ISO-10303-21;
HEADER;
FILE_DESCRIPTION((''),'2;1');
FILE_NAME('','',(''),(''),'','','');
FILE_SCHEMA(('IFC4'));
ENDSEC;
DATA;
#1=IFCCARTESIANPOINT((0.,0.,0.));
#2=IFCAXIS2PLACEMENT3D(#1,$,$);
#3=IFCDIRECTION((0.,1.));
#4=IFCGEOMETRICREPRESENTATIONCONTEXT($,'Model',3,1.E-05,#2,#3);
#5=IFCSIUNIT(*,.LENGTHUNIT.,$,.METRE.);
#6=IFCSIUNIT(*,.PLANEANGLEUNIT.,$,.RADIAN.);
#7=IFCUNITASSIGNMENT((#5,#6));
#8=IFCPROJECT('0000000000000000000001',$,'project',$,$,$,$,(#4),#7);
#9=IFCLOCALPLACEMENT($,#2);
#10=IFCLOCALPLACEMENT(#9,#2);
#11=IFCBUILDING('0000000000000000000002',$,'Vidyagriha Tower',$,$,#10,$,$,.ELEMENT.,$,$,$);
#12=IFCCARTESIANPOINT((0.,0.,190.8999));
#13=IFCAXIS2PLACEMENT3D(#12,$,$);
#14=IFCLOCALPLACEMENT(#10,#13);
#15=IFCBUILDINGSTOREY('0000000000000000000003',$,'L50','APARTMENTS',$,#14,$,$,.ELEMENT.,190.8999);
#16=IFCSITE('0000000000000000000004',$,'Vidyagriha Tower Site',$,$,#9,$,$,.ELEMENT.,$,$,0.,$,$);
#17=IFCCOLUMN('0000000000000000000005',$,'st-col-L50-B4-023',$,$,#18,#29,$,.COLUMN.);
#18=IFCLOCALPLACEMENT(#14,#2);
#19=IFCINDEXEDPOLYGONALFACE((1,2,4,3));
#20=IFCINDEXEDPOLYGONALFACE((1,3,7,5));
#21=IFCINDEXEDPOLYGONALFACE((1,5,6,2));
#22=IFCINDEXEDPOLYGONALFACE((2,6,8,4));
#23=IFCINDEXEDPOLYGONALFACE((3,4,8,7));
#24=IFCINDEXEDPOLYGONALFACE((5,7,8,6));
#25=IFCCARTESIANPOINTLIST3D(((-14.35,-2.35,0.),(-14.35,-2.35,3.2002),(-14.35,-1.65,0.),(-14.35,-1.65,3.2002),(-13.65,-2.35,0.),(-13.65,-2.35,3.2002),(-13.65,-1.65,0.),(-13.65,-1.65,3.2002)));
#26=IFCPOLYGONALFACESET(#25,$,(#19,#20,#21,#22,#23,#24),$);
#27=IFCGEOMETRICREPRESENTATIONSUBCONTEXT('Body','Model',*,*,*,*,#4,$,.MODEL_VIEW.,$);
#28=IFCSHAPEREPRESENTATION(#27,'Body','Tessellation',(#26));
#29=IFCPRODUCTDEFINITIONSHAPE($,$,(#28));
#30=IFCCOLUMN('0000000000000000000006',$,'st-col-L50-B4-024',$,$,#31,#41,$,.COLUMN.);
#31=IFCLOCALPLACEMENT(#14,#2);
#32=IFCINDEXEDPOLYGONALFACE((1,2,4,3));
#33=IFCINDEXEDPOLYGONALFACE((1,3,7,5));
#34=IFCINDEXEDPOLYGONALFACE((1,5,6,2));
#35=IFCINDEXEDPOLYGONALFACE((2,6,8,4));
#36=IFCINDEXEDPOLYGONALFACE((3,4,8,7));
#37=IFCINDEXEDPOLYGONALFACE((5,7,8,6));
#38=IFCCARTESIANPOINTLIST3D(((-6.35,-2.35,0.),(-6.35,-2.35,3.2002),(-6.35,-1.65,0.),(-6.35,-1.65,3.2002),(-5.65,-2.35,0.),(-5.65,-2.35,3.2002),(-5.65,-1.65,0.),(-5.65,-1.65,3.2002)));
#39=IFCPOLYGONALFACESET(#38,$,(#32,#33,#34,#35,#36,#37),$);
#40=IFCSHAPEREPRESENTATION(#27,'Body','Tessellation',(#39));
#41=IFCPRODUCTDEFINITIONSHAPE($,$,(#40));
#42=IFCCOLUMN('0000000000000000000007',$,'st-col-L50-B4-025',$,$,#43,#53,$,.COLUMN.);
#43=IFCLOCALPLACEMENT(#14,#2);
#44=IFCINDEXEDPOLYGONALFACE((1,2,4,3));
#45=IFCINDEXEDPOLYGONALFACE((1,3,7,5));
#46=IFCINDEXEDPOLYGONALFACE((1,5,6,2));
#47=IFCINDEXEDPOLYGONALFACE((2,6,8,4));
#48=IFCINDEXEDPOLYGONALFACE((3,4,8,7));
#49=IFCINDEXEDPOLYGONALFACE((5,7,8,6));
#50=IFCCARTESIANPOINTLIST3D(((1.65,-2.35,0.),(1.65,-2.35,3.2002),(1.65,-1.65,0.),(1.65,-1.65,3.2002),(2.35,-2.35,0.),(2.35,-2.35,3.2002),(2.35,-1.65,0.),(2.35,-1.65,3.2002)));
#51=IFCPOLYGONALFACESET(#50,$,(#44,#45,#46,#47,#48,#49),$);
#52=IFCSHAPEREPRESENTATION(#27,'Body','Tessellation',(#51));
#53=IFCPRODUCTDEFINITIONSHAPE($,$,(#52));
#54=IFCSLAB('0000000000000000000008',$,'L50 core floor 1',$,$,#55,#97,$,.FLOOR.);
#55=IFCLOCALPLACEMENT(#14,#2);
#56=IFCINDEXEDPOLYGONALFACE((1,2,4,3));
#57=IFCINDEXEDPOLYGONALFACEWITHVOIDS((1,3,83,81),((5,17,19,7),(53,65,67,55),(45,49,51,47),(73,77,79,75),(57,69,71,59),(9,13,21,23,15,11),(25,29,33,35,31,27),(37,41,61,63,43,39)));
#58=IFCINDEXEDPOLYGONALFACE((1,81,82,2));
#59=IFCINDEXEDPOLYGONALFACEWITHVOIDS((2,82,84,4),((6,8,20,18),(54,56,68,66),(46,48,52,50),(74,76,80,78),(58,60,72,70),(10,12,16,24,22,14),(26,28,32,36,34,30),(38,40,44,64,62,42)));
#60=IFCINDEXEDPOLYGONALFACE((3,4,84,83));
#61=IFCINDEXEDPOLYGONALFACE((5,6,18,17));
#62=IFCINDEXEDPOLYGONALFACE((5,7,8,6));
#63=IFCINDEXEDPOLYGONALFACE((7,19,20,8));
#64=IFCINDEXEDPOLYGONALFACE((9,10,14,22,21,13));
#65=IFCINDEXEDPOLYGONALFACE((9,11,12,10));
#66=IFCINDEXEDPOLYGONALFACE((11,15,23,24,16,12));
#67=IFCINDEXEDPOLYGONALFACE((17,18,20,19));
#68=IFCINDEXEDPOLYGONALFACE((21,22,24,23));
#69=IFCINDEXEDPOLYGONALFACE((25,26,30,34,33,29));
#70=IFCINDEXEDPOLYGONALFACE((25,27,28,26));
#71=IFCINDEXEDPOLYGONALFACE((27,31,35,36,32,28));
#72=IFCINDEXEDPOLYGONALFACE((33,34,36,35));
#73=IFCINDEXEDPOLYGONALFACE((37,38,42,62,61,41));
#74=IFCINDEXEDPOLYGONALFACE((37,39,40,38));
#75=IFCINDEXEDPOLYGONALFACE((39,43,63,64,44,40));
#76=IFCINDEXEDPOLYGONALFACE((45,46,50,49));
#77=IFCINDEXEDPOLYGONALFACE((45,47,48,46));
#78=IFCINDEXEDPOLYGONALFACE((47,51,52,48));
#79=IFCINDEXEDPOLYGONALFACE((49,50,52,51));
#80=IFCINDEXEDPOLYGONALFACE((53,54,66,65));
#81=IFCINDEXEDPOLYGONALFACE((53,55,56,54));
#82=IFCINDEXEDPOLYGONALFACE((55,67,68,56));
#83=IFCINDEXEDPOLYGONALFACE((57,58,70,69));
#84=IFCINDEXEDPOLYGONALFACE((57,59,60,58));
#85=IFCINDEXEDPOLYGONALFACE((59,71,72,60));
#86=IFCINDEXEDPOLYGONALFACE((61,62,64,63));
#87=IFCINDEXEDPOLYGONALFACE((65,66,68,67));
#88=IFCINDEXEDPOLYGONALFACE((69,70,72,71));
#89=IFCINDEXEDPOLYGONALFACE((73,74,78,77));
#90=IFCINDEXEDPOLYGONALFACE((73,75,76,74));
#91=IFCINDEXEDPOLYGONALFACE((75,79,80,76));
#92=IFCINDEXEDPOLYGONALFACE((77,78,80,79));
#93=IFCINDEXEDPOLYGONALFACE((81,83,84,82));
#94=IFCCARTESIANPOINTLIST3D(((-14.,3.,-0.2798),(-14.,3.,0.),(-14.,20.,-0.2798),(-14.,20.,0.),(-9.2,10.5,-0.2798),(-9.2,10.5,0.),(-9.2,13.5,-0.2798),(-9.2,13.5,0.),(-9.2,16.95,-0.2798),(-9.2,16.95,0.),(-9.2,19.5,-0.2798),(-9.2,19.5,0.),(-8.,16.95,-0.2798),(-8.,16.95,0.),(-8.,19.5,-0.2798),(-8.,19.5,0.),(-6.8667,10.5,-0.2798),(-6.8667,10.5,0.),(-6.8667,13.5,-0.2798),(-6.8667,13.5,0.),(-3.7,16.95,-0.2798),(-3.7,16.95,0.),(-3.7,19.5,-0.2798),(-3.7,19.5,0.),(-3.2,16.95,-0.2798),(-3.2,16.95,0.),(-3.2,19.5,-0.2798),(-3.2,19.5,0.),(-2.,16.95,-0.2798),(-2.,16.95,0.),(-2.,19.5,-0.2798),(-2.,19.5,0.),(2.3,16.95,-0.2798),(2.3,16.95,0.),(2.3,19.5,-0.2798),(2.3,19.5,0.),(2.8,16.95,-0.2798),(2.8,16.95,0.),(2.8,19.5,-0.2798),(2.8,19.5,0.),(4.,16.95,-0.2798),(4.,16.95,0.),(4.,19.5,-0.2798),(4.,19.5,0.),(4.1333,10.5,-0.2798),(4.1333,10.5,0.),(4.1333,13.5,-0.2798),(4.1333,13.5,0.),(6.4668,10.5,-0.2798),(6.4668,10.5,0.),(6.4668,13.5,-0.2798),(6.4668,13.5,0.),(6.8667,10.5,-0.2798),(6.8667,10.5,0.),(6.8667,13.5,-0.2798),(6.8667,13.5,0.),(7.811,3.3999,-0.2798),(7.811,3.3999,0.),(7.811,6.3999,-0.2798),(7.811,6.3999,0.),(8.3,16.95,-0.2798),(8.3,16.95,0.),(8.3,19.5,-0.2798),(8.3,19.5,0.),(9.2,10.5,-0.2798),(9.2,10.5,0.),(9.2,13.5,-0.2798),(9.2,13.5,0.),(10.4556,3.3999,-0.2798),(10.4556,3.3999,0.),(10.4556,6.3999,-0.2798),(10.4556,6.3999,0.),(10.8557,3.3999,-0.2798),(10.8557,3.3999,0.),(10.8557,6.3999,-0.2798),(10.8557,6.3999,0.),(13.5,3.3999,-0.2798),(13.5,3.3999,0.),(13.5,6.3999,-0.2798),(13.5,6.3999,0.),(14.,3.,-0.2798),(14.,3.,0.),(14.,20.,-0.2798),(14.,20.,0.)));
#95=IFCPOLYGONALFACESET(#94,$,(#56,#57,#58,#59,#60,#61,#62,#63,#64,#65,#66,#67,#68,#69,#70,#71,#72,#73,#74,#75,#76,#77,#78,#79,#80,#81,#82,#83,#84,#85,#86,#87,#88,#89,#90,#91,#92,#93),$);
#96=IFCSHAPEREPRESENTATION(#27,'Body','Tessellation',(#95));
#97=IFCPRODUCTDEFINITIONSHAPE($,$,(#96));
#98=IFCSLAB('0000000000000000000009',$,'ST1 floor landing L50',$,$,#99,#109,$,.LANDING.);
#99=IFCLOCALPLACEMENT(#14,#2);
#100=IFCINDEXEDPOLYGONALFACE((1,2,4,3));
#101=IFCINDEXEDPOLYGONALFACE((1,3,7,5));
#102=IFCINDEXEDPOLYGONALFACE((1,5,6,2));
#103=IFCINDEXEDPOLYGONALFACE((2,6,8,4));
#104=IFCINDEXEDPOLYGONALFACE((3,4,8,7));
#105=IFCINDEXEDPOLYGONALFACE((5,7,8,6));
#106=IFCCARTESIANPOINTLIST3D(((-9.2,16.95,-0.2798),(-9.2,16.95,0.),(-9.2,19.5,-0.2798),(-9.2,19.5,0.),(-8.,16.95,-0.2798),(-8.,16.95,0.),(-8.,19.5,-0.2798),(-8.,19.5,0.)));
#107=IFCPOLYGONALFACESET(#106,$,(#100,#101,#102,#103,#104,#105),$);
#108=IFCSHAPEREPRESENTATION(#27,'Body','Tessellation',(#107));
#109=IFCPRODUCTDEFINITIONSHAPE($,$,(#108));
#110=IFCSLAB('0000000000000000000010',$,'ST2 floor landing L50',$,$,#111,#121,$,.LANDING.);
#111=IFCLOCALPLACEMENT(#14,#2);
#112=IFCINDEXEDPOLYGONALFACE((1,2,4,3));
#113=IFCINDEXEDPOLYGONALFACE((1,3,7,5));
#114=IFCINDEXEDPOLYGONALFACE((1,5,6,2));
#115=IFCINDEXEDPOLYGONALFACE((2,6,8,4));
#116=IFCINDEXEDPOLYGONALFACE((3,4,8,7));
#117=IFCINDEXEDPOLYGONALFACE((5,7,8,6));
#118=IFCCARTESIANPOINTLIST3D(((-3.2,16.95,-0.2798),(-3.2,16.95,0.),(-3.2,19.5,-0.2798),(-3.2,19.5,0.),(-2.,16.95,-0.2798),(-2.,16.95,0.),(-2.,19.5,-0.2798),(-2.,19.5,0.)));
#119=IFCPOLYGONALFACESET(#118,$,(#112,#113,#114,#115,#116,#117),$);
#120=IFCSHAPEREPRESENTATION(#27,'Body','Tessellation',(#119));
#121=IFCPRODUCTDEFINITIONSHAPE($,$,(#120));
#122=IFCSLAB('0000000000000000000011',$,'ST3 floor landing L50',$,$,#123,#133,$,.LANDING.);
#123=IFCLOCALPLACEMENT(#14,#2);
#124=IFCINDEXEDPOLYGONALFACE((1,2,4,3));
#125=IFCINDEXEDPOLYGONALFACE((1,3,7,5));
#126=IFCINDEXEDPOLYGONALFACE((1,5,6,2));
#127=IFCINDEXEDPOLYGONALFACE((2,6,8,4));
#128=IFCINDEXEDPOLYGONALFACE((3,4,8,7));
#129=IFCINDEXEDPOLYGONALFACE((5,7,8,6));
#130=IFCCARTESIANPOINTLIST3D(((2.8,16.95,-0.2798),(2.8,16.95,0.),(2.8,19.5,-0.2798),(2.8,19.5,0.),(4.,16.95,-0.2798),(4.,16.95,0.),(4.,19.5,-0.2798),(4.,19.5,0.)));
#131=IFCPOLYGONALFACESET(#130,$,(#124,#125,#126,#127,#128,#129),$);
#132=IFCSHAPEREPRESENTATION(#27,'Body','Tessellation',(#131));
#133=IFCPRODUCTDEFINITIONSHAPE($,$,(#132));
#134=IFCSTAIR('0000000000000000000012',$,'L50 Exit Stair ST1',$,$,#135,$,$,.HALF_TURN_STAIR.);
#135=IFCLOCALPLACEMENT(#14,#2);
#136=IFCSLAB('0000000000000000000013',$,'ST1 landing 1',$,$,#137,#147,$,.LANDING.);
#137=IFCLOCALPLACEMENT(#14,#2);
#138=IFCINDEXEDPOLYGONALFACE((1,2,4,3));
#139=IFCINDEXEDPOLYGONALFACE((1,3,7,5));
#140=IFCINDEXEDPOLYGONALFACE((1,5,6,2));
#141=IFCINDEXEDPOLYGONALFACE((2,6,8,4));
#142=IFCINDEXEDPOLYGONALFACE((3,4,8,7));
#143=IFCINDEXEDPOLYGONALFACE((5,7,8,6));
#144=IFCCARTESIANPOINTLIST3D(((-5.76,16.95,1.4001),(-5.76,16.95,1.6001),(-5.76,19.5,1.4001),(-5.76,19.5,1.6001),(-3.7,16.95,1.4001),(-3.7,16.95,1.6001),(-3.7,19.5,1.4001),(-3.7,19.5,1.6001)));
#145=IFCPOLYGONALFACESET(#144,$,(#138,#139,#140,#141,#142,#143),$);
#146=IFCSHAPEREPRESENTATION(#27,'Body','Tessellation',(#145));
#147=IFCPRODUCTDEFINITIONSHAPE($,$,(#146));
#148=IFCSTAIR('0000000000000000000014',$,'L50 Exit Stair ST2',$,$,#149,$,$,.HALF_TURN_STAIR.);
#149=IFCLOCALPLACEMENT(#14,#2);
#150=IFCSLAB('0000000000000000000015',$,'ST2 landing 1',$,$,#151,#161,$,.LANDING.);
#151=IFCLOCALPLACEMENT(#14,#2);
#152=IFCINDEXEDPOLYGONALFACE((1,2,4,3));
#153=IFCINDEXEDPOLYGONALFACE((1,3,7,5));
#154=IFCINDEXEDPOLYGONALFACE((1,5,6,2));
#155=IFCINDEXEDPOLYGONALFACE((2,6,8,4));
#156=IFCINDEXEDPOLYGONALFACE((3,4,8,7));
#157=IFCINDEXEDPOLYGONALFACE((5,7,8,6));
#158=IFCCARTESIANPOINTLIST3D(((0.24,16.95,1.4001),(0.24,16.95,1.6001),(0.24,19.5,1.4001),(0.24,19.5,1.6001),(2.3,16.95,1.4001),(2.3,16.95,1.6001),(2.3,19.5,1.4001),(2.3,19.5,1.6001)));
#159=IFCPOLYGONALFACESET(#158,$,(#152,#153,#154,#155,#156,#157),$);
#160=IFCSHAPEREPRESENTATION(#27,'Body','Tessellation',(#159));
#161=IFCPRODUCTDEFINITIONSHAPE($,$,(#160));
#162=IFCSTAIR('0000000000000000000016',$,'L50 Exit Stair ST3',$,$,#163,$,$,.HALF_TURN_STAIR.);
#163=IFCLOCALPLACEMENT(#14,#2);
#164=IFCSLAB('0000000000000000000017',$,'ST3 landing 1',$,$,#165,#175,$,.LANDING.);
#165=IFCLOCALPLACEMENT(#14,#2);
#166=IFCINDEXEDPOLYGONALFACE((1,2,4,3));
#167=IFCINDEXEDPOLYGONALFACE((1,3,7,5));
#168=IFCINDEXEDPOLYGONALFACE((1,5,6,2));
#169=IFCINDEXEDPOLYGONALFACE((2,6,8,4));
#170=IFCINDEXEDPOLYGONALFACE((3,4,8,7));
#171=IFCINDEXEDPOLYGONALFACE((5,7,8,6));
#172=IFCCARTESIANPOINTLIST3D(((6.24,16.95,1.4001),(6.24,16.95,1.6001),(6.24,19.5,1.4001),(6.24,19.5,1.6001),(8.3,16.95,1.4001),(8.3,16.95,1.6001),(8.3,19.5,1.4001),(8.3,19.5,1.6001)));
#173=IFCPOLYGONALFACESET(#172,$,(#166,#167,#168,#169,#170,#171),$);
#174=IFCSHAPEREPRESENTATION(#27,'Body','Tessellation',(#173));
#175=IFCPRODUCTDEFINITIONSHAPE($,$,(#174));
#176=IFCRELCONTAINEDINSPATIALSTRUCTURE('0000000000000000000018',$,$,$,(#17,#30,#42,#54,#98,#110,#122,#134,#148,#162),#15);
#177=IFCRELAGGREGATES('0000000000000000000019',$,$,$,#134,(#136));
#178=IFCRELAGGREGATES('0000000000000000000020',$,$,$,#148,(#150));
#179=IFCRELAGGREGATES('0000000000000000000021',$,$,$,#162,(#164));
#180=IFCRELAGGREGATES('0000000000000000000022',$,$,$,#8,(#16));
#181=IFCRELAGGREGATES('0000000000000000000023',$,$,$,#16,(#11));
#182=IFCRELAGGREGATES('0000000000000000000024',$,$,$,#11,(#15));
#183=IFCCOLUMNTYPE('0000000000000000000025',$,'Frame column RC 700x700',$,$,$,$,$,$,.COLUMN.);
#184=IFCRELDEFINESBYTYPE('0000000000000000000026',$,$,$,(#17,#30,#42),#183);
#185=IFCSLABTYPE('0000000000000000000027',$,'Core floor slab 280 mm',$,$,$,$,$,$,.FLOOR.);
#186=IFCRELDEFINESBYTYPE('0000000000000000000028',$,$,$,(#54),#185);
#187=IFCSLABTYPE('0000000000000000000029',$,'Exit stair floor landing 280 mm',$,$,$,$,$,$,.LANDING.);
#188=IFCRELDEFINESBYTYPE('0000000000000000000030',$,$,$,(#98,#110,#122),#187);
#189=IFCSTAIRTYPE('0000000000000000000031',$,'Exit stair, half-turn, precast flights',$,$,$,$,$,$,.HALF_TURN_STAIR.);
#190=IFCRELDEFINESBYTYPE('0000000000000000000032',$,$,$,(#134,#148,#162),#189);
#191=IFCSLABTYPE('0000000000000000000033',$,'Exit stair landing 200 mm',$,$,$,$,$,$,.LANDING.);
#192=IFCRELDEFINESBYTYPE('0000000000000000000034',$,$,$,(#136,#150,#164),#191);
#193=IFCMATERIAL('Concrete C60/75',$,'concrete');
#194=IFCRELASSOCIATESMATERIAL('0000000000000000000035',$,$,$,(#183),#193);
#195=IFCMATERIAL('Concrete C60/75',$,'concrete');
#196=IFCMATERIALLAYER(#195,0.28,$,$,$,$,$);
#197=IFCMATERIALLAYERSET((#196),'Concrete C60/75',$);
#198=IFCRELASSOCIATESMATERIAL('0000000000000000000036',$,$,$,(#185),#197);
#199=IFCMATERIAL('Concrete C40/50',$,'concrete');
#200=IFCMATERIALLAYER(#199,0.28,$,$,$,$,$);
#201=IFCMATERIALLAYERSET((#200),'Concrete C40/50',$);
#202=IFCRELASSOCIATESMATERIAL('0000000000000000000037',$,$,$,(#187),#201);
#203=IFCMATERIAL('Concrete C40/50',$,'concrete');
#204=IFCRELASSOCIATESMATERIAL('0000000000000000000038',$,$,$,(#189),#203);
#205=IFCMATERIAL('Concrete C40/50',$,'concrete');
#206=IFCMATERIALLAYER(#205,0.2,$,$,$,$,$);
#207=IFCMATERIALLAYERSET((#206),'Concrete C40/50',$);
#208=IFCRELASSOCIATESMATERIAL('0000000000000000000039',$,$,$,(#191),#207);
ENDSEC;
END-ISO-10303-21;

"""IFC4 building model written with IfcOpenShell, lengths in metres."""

from ifc_helpers import new_model, si_unit, direction, frame, origin, origin_2d, place, context, subcontext, project, spatial, polyline, rectangle, outline, extrude, material, layer, layer_set, material_profile, profile_set, type_object, element, aggregate, save


model = new_model("IFC4")

# Units and contexts
model_context = context("Model", 3, precision=1e-05, world=origin(), true_north=direction((0.0, 1.0)))
body_context = subcontext(model_context, "Body", "Model", "MODEL_VIEW")
ifc_project = project(units=[si_unit("LENGTHUNIT", "METRE"), si_unit("PLANEANGLEUNIT", "RADIAN")], contexts=[model_context])

# Site, building, storey
site_placement = place(None, origin())
site = spatial("IfcSite", under=ifc_project, at=site_placement, Name="Vidyagriha Tower Site", CompositionType="ELEMENT", RefElevation=0.0)
building_placement = place(site_placement, origin())
building = spatial("IfcBuilding", under=site, at=building_placement, Name="Vidyagriha Tower", CompositionType="ELEMENT")
storey_placement = place(building_placement, frame((0.0, 0.0, 190.8999)))
storey = spatial("IfcBuildingStorey", under=building, at=storey_placement, Name="L50", Description="APARTMENTS", CompositionType="ELEMENT", Elevation=190.8999)

# Columns
ifc_material_1 = material(Name="Concrete C60/75", Category="concrete")
ifc_material_profile = material_profile(ifc_material_1, rectangle(XDim=0.7, YDim=0.7, at=origin_2d()), Name="RC 700x700")
ifc_profile_set = profile_set([ifc_material_profile], Name="Concrete C60/75")
column_type = type_object("IfcColumnType", Name="Frame column RC 700x700", PredefinedType="COLUMN", material=ifc_profile_set)
for number, where, name in (
    (1, (-14.0, -2.0, 0.0), "st-col-L50-B4-023"),
    (2, (-6.0, -2.0, 0.0), "st-col-L50-B4-024"),
    (3, (2.0, -2.0, 0.0), "st-col-L50-B4-025"),
):
    element("IfcColumn", number, at=place(storey_placement, frame(where)), inside=storey, type_object=column_type, Name=name, PredefinedType="COLUMN", context=body_context, shape_type="SweptSolid", body=[
        extrude(rectangle(XDim=0.7, YDim=0.7, at=origin_2d()), origin(), (0.0, 0.0, 1.0), 3.2002),
    ])

# Slabs
ifc_material_2 = material(Name="Concrete C60/75", Category="concrete")
ifc_layer_1 = layer(ifc_material_2, 0.28)
ifc_layer_set_1 = layer_set([ifc_layer_1], Name="Concrete C60/75")
slab_type_1 = type_object("IfcSlabType", Name="Core floor slab 280 mm", PredefinedType="FLOOR", material=ifc_layer_set_1)
slab_1_placement = place(storey_placement, frame((0.0, 0.0, -0.2798)))
element("IfcSlab", 4, at=slab_1_placement, inside=storey, type_object=slab_type_1, Name="L50 core floor 1", PredefinedType="FLOOR", context=body_context, shape_type="SweptSolid", body=[
    extrude(outline(polyline([(-14.0, 3.0), (-14.0, 20.0), (14.0, 20.0), (14.0, 3.0), (-14.0, 3.0)]), holes=[polyline([(13.5, 6.3999), (10.8557, 6.3999), (10.8557, 3.3999), (13.5, 3.3999), (13.5, 6.3999)]), polyline([(10.4556, 6.3999), (7.811, 6.3999), (7.811, 3.3999), (10.4556, 3.3999), (10.4556, 6.3999)]), polyline([(9.2, 13.5), (6.8667, 13.5), (6.8667, 10.5), (9.2, 10.5), (9.2, 13.5)]), polyline([(2.8, 19.5), (2.8, 16.95), (4.0, 16.95), (8.3, 16.95), (8.3, 19.5), (4.0, 19.5), (2.8, 19.5)]), polyline([(4.1333, 13.5), (4.1333, 10.5), (6.4668, 10.5), (6.4668, 13.5), (4.1333, 13.5)]), polyline([(-2.0, 19.5), (-3.2, 19.5), (-3.2, 16.95), (-2.0, 16.95), (2.3, 16.95), (2.3, 19.5), (-2.0, 19.5)]), polyline([(-9.2, 19.5), (-9.2, 16.95), (-8.0, 16.95), (-3.7, 16.95), (-3.7, 19.5), (-8.0, 19.5), (-9.2, 19.5)]), polyline([(-9.2, 13.5), (-9.2, 10.5), (-6.8667, 10.5), (-6.8667, 13.5), (-9.2, 13.5)])]), origin(), (0.0, 0.0, 1.0), 0.2798),
])
ifc_material_3 = material(Name="Concrete C40/50", Category="concrete")
ifc_layer_2 = layer(ifc_material_3, 0.28)
ifc_layer_set_2 = layer_set([ifc_layer_2], Name="Concrete C40/50")
slab_type_2 = type_object("IfcSlabType", Name="Exit stair floor landing 280 mm", PredefinedType="LANDING", material=ifc_layer_set_2)
slab_2_placement = place(storey_placement, frame((0.0, 0.0, -0.2798)))
element("IfcSlab", 5, at=slab_2_placement, inside=storey, type_object=slab_type_2, Name="ST1 floor landing L50", PredefinedType="LANDING", context=body_context, shape_type="SweptSolid", body=[
    extrude(outline(polyline([(-9.2, 16.95), (-8.0, 16.95), (-8.0, 19.5), (-9.2, 19.5), (-9.2, 16.95)])), origin(), (0.0, 0.0, 1.0), 0.2798),
])
slab_3_placement = place(storey_placement, frame((0.0, 0.0, -0.2798)))
element("IfcSlab", 6, at=slab_3_placement, inside=storey, type_object=slab_type_2, Name="ST2 floor landing L50", PredefinedType="LANDING", context=body_context, shape_type="SweptSolid", body=[
    extrude(outline(polyline([(-3.2, 16.95), (-2.0, 16.95), (-2.0, 19.5), (-3.2, 19.5), (-3.2, 16.95)])), origin(), (0.0, 0.0, 1.0), 0.2798),
])
slab_4_placement = place(storey_placement, frame((0.0, 0.0, -0.2798)))
element("IfcSlab", 7, at=slab_4_placement, inside=storey, type_object=slab_type_2, Name="ST3 floor landing L50", PredefinedType="LANDING", context=body_context, shape_type="SweptSolid", body=[
    extrude(outline(polyline([(2.8, 16.95), (4.0, 16.95), (4.0, 19.5), (2.8, 19.5), (2.8, 16.95)])), origin(), (0.0, 0.0, 1.0), 0.2798),
])

# Stairs, slabs
ifc_material_4 = material(Name="Concrete C40/50", Category="concrete")
stair_type = type_object("IfcStairType", Name="Exit stair, half-turn, precast flights", PredefinedType="HALF_TURN_STAIR", material=ifc_material_4)
stair_1_placement = place(storey_placement, origin())
stair_1 = element("IfcStair", 8, at=stair_1_placement, inside=storey, type_object=stair_type, Name="L50 Exit Stair ST1", PredefinedType="HALF_TURN_STAIR")
ifc_material_5 = material(Name="Concrete C40/50", Category="concrete")
ifc_layer_3 = layer(ifc_material_5, 0.2)
ifc_layer_set_3 = layer_set([ifc_layer_3], Name="Concrete C40/50")
slab_type_3 = type_object("IfcSlabType", Name="Exit stair landing 200 mm", PredefinedType="LANDING", material=ifc_layer_set_3)
slab_5_placement = place(storey_placement, frame((0.0, 0.0, 1.4001)))
slab_5 = element("IfcSlab", 9, at=slab_5_placement, type_object=slab_type_3, Name="ST1 landing 1", PredefinedType="LANDING", context=body_context, shape_type="SweptSolid", body=[
    extrude(outline(polyline([(-5.76, 16.95), (-3.7, 16.95), (-3.7, 19.5), (-5.76, 19.5), (-5.76, 16.95)])), origin(), (0.0, 0.0, 1.0), 0.2),
])
aggregate(stair_1, [slab_5])
stair_2_placement = place(storey_placement, origin())
stair_2 = element("IfcStair", 10, at=stair_2_placement, inside=storey, type_object=stair_type, Name="L50 Exit Stair ST2", PredefinedType="HALF_TURN_STAIR")
slab_6_placement = place(storey_placement, frame((0.0, 0.0, 1.4001)))
slab_6 = element("IfcSlab", 11, at=slab_6_placement, type_object=slab_type_3, Name="ST2 landing 1", PredefinedType="LANDING", context=body_context, shape_type="SweptSolid", body=[
    extrude(outline(polyline([(0.24, 16.95), (2.3, 16.95), (2.3, 19.5), (0.24, 19.5), (0.24, 16.95)])), origin(), (0.0, 0.0, 1.0), 0.2),
])
aggregate(stair_2, [slab_6])
stair_3_placement = place(storey_placement, origin())
stair_3 = element("IfcStair", 12, at=stair_3_placement, inside=storey, type_object=stair_type, Name="L50 Exit Stair ST3", PredefinedType="HALF_TURN_STAIR")
slab_7_placement = place(storey_placement, frame((0.0, 0.0, 1.4001)))
slab_7 = element("IfcSlab", 13, at=slab_7_placement, type_object=slab_type_3, Name="ST3 landing 1", PredefinedType="LANDING", context=body_context, shape_type="SweptSolid", body=[
    extrude(outline(polyline([(6.24, 16.95), (8.3, 16.95), (8.3, 19.5), (6.24, 19.5), (6.24, 16.95)])), origin(), (0.0, 0.0, 1.0), 0.2),
])
aggregate(stair_3, [slab_7])

save(model, "model.ifc")
